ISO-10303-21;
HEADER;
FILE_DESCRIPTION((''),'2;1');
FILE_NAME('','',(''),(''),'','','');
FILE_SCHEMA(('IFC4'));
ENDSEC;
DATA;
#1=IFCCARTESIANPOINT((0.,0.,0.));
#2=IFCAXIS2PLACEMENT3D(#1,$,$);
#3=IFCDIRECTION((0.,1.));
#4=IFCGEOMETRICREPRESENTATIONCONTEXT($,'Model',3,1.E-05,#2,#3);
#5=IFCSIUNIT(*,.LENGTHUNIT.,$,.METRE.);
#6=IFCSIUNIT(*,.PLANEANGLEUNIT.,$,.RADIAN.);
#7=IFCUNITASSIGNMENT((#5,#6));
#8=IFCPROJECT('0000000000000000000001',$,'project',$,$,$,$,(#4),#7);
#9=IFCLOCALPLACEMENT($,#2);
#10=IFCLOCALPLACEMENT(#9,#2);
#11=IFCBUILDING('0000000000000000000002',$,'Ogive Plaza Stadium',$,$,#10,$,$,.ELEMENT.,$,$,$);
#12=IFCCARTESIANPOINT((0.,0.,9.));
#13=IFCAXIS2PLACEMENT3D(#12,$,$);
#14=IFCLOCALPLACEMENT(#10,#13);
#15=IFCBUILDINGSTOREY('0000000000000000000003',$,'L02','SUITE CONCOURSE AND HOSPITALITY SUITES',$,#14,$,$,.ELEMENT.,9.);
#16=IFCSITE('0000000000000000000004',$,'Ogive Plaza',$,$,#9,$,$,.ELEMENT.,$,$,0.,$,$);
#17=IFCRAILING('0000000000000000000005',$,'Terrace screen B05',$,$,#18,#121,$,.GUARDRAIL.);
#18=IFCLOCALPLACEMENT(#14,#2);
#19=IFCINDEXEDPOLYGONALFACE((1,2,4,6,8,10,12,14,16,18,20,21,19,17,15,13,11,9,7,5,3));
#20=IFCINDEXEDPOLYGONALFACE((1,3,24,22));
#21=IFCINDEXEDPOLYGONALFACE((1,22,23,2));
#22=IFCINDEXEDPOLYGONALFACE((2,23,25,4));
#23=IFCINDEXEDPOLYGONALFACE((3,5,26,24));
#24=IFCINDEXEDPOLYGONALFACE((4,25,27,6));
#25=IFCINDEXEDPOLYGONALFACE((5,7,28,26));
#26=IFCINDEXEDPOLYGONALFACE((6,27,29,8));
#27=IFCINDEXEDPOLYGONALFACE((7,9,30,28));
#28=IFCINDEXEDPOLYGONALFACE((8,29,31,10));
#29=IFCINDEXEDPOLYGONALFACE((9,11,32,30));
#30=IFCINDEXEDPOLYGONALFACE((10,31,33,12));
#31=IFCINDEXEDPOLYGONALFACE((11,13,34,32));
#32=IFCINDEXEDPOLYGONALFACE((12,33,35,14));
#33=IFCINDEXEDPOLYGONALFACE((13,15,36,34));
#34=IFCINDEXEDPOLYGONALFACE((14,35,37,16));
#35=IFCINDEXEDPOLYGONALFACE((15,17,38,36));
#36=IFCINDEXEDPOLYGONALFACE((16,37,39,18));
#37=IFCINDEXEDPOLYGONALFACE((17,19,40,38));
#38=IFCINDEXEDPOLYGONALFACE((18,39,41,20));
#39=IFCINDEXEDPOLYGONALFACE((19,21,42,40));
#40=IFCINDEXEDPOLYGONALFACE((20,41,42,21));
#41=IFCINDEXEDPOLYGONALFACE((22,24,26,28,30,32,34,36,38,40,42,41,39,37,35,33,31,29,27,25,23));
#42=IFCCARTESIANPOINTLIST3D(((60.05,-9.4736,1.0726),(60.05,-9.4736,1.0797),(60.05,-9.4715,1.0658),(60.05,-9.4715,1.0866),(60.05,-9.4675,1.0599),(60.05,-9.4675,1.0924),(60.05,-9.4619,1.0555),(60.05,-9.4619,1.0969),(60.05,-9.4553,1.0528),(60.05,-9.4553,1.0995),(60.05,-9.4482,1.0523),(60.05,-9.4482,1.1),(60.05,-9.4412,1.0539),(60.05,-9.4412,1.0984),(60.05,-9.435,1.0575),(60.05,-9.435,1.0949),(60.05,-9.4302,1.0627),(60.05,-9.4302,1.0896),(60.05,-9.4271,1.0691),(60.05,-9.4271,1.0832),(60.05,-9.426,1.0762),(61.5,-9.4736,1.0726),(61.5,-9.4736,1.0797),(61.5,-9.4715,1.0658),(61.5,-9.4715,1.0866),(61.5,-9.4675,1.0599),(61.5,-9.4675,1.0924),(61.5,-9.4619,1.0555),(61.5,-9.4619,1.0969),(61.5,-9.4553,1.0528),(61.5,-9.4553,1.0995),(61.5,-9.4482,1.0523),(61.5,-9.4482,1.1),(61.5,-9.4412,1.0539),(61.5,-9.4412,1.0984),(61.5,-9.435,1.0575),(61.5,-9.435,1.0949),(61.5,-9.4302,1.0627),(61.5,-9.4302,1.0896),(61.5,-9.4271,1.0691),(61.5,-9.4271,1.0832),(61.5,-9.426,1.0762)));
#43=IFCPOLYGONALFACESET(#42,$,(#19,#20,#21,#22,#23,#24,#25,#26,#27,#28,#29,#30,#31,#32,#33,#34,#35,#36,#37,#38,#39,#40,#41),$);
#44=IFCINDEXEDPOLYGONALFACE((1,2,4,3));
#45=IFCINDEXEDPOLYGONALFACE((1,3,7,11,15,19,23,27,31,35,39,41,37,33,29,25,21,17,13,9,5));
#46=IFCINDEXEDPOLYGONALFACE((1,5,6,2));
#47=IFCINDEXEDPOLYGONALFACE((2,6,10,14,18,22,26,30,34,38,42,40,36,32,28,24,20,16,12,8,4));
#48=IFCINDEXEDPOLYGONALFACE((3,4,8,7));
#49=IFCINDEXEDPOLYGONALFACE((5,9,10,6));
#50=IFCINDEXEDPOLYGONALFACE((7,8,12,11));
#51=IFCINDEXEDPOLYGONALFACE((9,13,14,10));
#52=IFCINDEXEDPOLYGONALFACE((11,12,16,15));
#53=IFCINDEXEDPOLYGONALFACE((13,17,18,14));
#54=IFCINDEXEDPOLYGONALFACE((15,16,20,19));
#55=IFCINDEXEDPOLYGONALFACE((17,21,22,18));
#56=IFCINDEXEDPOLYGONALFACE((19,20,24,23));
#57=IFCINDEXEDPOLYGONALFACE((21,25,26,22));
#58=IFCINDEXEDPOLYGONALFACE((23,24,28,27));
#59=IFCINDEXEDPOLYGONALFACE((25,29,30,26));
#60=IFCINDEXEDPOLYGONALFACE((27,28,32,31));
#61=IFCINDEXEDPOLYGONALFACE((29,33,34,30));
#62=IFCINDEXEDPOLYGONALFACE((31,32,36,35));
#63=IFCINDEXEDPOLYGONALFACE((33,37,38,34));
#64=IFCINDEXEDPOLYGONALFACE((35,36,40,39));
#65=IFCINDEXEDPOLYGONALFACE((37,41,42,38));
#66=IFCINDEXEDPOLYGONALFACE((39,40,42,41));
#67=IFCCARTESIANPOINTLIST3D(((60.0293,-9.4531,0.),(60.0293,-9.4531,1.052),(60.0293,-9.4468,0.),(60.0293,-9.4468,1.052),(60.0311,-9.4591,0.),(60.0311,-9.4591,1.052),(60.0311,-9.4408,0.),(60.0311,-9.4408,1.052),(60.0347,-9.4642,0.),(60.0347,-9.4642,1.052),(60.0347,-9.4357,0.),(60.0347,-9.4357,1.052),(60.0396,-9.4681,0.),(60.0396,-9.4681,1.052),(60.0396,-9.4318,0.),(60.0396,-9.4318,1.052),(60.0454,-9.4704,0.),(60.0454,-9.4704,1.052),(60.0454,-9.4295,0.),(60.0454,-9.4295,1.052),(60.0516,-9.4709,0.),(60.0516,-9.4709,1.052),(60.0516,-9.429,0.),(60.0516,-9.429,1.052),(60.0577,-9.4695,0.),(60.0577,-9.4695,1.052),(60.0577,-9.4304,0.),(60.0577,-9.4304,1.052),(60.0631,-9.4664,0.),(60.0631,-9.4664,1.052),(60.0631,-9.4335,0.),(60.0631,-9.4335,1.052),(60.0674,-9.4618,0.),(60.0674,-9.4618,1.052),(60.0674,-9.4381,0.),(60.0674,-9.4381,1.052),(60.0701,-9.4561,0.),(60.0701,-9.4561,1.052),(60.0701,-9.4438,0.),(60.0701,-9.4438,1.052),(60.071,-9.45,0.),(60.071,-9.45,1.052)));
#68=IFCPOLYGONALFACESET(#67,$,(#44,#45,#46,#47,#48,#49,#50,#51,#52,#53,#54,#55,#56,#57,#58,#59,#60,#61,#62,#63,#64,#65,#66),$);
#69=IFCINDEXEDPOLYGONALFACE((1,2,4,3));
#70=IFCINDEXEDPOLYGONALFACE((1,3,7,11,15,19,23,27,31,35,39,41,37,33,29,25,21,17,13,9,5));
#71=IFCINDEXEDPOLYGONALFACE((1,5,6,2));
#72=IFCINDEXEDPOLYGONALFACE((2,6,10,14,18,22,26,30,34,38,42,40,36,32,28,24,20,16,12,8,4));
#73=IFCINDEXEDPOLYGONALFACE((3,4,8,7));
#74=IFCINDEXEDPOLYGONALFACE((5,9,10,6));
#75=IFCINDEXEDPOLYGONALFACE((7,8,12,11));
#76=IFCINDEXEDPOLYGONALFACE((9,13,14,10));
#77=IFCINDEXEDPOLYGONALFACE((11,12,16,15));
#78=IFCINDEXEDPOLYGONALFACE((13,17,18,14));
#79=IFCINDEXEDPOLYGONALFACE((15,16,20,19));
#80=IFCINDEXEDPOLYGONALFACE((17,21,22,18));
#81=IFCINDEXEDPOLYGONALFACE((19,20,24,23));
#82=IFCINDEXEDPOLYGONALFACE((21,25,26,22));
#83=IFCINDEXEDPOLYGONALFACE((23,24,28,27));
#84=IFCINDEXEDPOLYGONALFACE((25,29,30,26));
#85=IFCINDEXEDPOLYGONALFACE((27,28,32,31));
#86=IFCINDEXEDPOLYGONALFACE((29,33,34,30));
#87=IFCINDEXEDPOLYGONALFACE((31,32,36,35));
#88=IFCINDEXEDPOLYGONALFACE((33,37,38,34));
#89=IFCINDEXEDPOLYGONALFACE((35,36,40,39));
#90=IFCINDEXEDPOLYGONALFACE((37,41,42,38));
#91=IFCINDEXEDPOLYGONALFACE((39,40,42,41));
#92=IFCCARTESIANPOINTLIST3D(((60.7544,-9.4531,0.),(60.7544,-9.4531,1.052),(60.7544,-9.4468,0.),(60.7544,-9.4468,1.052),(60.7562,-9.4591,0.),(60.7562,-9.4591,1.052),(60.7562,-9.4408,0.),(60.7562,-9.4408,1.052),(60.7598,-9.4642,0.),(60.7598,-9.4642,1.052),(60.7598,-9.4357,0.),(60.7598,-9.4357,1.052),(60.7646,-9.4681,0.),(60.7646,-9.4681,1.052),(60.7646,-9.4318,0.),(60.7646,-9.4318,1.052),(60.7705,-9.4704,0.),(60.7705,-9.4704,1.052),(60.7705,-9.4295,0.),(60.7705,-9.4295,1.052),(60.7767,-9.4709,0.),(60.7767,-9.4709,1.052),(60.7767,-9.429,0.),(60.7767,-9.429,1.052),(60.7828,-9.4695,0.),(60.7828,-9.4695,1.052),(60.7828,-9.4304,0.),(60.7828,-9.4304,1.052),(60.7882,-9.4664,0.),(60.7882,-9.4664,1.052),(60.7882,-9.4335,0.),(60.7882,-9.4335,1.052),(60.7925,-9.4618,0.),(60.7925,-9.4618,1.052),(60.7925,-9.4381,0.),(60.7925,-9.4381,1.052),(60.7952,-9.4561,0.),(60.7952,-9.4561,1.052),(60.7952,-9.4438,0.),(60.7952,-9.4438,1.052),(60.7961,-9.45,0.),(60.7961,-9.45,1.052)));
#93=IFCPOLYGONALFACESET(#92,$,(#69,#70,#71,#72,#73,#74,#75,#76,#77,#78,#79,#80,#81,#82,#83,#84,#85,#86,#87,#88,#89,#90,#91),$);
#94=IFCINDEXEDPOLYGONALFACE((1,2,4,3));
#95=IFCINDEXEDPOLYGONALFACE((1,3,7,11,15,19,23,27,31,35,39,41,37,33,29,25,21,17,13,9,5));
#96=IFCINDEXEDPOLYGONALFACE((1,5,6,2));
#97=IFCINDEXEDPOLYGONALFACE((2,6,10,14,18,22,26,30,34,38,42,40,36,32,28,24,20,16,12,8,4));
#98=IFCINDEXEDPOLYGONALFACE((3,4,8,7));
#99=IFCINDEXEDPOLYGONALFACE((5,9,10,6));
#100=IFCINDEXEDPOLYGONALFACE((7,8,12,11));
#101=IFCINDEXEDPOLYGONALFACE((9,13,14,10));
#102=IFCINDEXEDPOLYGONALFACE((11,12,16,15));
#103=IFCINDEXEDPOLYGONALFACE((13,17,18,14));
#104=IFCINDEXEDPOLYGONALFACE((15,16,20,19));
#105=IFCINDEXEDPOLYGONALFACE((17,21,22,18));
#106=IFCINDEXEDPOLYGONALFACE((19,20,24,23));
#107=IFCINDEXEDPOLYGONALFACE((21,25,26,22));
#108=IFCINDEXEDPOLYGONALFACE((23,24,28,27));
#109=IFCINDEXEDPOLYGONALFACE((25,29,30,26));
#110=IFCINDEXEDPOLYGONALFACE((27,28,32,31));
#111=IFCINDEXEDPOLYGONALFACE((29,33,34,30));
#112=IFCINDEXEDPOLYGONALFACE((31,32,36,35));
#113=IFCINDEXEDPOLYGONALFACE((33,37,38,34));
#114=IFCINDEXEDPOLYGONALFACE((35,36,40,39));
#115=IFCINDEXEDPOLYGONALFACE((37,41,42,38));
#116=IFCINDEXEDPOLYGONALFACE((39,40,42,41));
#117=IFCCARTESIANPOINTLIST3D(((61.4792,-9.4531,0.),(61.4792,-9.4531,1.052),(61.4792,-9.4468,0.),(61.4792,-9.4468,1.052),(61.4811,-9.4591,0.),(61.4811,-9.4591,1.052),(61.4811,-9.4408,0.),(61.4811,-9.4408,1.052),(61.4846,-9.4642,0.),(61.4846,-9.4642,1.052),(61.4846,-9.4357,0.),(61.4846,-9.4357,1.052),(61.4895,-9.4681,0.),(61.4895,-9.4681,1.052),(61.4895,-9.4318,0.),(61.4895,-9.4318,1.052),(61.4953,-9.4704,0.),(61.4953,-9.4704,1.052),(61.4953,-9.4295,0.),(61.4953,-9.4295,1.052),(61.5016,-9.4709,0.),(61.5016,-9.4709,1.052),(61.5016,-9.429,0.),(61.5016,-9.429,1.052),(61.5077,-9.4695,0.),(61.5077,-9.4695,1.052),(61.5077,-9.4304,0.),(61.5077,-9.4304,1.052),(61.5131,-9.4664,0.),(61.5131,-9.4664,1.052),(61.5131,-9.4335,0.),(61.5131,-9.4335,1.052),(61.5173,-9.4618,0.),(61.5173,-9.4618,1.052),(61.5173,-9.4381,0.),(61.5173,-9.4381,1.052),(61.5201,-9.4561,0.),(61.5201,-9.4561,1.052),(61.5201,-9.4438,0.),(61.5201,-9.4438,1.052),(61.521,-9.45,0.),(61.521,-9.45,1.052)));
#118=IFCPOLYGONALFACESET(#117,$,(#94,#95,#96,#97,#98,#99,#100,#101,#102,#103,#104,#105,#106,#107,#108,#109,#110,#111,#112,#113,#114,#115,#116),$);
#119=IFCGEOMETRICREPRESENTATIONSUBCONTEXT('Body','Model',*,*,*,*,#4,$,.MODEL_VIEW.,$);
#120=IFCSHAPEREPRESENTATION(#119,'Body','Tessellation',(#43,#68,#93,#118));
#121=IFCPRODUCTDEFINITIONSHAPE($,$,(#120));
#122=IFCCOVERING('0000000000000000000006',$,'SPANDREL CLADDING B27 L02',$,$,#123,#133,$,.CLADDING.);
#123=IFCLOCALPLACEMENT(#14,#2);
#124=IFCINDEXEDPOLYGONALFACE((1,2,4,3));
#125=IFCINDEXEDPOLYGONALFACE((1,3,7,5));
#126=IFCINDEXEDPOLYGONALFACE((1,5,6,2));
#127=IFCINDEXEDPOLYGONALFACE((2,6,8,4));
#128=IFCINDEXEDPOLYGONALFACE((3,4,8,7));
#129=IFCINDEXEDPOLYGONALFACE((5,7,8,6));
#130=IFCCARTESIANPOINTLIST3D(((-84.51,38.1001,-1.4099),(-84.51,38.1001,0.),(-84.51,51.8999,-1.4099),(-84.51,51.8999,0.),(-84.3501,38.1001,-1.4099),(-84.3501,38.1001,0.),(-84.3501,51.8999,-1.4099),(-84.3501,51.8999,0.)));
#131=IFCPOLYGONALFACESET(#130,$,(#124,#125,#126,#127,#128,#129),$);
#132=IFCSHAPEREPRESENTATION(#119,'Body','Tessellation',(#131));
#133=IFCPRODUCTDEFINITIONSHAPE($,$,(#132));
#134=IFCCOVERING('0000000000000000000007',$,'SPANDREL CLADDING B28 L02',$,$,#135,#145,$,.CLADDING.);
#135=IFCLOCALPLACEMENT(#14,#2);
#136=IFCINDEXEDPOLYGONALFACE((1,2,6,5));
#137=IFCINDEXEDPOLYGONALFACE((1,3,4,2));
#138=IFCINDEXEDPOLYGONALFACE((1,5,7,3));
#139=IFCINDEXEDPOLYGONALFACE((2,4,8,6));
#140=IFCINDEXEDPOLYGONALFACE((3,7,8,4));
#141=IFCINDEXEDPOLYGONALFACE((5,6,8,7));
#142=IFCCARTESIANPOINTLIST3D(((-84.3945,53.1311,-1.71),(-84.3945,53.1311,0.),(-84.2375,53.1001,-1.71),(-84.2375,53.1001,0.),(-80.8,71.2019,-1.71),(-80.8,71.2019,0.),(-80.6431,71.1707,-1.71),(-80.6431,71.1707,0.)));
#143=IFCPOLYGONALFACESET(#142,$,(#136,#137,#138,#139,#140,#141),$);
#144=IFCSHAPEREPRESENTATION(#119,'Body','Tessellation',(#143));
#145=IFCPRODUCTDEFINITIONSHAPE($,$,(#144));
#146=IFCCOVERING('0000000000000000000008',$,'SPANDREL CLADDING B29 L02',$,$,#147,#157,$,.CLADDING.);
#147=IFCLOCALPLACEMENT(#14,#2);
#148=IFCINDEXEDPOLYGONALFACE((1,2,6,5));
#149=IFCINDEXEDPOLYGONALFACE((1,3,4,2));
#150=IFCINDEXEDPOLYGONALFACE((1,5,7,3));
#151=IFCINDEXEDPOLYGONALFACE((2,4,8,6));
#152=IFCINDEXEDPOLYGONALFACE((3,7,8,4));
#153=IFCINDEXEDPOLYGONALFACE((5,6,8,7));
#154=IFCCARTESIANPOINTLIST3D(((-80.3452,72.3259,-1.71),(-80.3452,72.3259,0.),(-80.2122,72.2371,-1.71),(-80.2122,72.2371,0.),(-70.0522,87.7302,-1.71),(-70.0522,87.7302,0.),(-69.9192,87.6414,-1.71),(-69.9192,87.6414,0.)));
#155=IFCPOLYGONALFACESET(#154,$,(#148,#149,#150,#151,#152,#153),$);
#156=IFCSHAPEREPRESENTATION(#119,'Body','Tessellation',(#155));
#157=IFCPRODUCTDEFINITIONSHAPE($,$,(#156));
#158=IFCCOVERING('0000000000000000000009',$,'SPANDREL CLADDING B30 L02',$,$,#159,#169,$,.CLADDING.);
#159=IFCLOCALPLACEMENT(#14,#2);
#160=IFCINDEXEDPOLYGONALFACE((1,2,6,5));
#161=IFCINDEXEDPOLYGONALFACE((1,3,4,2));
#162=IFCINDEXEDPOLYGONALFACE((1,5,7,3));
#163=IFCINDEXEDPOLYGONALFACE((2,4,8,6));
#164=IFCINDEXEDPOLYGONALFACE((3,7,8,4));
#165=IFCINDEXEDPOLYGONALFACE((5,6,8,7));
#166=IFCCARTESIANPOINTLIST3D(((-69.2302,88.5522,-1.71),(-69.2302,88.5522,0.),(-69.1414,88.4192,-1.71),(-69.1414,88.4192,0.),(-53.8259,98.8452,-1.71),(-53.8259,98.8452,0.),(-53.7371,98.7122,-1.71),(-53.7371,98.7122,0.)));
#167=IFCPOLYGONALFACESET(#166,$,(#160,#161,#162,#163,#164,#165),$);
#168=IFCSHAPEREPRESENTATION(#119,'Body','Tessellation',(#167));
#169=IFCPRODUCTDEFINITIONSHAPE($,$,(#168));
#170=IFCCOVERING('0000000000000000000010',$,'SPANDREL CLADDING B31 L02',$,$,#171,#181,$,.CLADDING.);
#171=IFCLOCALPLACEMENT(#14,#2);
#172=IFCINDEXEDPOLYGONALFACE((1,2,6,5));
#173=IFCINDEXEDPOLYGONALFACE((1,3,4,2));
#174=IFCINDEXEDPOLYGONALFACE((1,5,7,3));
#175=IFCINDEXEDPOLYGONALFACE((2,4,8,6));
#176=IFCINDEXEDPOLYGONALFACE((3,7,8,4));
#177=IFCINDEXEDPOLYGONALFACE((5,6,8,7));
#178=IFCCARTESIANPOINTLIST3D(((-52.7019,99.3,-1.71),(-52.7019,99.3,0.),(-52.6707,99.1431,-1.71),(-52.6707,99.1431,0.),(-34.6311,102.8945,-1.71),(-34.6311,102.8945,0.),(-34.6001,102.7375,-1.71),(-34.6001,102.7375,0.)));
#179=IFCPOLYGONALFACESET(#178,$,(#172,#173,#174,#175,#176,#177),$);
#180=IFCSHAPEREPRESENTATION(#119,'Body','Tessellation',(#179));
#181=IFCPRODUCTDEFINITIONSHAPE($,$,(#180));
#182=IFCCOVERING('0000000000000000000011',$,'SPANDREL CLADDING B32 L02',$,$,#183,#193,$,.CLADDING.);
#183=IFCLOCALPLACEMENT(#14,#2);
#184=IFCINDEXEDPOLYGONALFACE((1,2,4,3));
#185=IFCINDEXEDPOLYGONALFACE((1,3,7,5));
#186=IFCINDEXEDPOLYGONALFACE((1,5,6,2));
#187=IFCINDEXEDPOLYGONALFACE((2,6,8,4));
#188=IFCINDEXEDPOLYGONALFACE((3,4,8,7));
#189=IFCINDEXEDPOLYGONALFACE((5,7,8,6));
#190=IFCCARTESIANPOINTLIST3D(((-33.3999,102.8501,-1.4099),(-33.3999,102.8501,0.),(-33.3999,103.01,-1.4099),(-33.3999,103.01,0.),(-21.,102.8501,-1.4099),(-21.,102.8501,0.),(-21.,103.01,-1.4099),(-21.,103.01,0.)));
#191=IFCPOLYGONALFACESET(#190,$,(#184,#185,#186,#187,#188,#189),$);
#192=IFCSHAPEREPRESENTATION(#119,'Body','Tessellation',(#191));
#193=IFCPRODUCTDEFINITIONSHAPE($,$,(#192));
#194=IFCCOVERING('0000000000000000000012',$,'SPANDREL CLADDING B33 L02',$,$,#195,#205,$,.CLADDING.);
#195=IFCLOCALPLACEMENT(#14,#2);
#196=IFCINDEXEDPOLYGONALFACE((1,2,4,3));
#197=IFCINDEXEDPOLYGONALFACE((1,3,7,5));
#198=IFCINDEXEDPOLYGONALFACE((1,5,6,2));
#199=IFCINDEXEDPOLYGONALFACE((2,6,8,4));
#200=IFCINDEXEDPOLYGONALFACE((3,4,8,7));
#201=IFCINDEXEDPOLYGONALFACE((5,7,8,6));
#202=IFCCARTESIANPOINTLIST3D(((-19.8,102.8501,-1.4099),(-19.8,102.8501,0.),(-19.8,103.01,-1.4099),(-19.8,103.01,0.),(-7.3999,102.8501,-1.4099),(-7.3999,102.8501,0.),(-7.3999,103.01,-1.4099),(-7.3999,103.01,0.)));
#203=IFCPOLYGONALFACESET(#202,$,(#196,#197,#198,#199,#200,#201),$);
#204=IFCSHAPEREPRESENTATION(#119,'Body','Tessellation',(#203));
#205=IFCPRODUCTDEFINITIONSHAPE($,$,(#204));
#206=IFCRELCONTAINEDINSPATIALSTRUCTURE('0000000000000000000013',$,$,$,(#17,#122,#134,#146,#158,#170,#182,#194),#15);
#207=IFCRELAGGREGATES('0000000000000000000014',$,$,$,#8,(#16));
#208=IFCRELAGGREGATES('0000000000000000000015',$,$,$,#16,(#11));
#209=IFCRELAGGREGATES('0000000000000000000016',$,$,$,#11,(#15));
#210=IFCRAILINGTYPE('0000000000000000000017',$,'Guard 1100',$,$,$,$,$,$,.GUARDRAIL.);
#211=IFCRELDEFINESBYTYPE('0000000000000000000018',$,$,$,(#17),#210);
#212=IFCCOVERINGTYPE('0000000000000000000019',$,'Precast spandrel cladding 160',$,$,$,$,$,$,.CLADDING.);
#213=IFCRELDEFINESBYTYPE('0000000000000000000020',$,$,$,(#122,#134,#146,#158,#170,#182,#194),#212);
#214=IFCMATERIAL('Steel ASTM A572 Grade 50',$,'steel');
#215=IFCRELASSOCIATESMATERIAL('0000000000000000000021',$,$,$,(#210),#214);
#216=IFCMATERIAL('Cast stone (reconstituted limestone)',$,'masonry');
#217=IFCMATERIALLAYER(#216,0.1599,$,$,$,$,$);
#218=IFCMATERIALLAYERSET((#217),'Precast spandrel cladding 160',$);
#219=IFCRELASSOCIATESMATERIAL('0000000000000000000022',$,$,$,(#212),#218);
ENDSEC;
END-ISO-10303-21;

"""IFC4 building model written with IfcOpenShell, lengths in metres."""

from ifc_helpers import new_model, si_unit, direction, frame, origin, origin_2d, place, context, subcontext, project, spatial, polyline, circle, outline, extrude, material, layer, layer_set, type_object, element, save


model = new_model("IFC4")

# Units and contexts
model_context = context("Model", 3, precision=1e-05, world=origin(), true_north=direction((0.0, 1.0)))
body_context = subcontext(model_context, "Body", "Model", "MODEL_VIEW")
ifc_project = project(units=[si_unit("LENGTHUNIT", "METRE"), si_unit("PLANEANGLEUNIT", "RADIAN")], contexts=[model_context])

# Site, building, storey
site_placement = place(None, origin())
site = spatial("IfcSite", under=ifc_project, at=site_placement, Name="Ogive Plaza", CompositionType="ELEMENT", RefElevation=0.0)
building_placement = place(site_placement, origin())
building = spatial("IfcBuilding", under=site, at=building_placement, Name="Ogive Plaza Stadium", CompositionType="ELEMENT")
storey_placement = place(building_placement, frame((0.0, 0.0, 9.0)))
storey = spatial("IfcBuildingStorey", under=building, at=storey_placement, Name="L02", Description="SUITE CONCOURSE AND HOSPITALITY SUITES", CompositionType="ELEMENT", Elevation=9.0)

# Railing
ifc_material_1 = material(Name="Steel ASTM A572 Grade 50", Category="steel")
railing_type = type_object("IfcRailingType", Name="Guard 1100", PredefinedType="GUARDRAIL", material=ifc_material_1)
for number, where, name in (
    (1, (60.05, -9.45, 0.0), "Terrace screen B05"),
):
    element("IfcRailing", number, at=place(storey_placement, frame(where)), inside=storey, type_object=railing_type, Name=name, PredefinedType="GUARDRAIL", context=body_context, shape_type="SweptSolid", body=[
        extrude(circle(Radius=0.0239, at=origin_2d()), frame((0.0, 0.0, 1.0762), z_axis=(1.0, 0.0, 0.0), x_axis=(0.0, 1.0, 0.0)), (0.0, 0.0, 1.0), 1.45),
        extrude(circle(Radius=0.021, at=origin_2d()), origin(), (0.0, 0.0, 1.0), 1.052),
        extrude(circle(Radius=0.021, at=origin_2d()), frame((0.7251, 0.0, 0.0)), (0.0, 0.0, 1.0), 1.052),
        extrude(circle(Radius=0.021, at=origin_2d()), frame((1.45, 0.0, 0.0)), (0.0, 0.0, 1.0), 1.052),
    ])

# Coverings
ifc_material_2 = material(Name="Cast stone (reconstituted limestone)", Category="masonry")
ifc_layer_1 = layer(ifc_material_2, 0.1599)
ifc_layer_set_1 = layer_set([ifc_layer_1], Name="Precast spandrel cladding 160")
covering_type = type_object("IfcCoveringType", Name="Precast spandrel cladding 160", PredefinedType="CLADDING", material=ifc_layer_set_1)
covering_1_placement = place(storey_placement, frame((0.0, 0.0, -1.4099)))
element("IfcCovering", 2, at=covering_1_placement, inside=storey, type_object=covering_type, Name="SPANDREL CLADDING B27 L02", PredefinedType="CLADDING", context=body_context, shape_type="SweptSolid", body=[
    extrude(outline(polyline([(-84.3501, 38.1001), (-84.3501, 51.8999), (-84.51, 51.8999), (-84.51, 38.1001), (-84.3501, 38.1001)])), origin(), (0.0, 0.0, 1.0), 1.4099),
])
covering_2_placement = place(storey_placement, frame((0.0, 0.0, -1.71)))
element("IfcCovering", 3, at=covering_2_placement, inside=storey, type_object=covering_type, Name="SPANDREL CLADDING B28 L02", PredefinedType="CLADDING", context=body_context, shape_type="SweptSolid", body=[
    extrude(outline(polyline([(-84.2375, 53.1001), (-80.6431, 71.1707), (-80.8, 71.2019), (-84.3945, 53.1311), (-84.2375, 53.1001)])), origin(), (0.0, 0.0, 1.0), 1.71),
])
covering_3_placement = place(storey_placement, frame((0.0, 0.0, -1.71)))
element("IfcCovering", 4, at=covering_3_placement, inside=storey, type_object=covering_type, Name="SPANDREL CLADDING B29 L02", PredefinedType="CLADDING", context=body_context, shape_type="SweptSolid", body=[
    extrude(outline(polyline([(-80.2122, 72.2371), (-69.9192, 87.6414), (-70.0522, 87.7302), (-80.3452, 72.3259), (-80.2122, 72.2371)])), origin(), (0.0, 0.0, 1.0), 1.71),
])
covering_4_placement = place(storey_placement, frame((0.0, 0.0, -1.71)))
element("IfcCovering", 5, at=covering_4_placement, inside=storey, type_object=covering_type, Name="SPANDREL CLADDING B30 L02", PredefinedType="CLADDING", context=body_context, shape_type="SweptSolid", body=[
    extrude(outline(polyline([(-69.1414, 88.4192), (-53.7371, 98.7122), (-53.8259, 98.8452), (-69.2302, 88.5522), (-69.1414, 88.4192)])), origin(), (0.0, 0.0, 1.0), 1.71),
])
covering_5_placement = place(storey_placement, frame((0.0, 0.0, -1.71)))
element("IfcCovering", 6, at=covering_5_placement, inside=storey, type_object=covering_type, Name="SPANDREL CLADDING B31 L02", PredefinedType="CLADDING", context=body_context, shape_type="SweptSolid", body=[
    extrude(outline(polyline([(-52.6707, 99.1431), (-34.6001, 102.7375), (-34.6311, 102.8945), (-52.7019, 99.3), (-52.6707, 99.1431)])), origin(), (0.0, 0.0, 1.0), 1.71),
])
covering_6_placement = place(storey_placement, frame((0.0, 0.0, -1.4099)))
element("IfcCovering", 7, at=covering_6_placement, inside=storey, type_object=covering_type, Name="SPANDREL CLADDING B32 L02", PredefinedType="CLADDING", context=body_context, shape_type="SweptSolid", body=[
    extrude(outline(polyline([(-33.3999, 102.8501), (-21.0, 102.8501), (-21.0, 103.01), (-33.3999, 103.01), (-33.3999, 102.8501)])), origin(), (0.0, 0.0, 1.0), 1.4099),
])
covering_7_placement = place(storey_placement, frame((0.0, 0.0, -1.4099)))
element("IfcCovering", 8, at=covering_7_placement, inside=storey, type_object=covering_type, Name="SPANDREL CLADDING B33 L02", PredefinedType="CLADDING", context=body_context, shape_type="SweptSolid", body=[
    extrude(outline(polyline([(-19.8, 102.8501), (-7.3999, 102.8501), (-7.3999, 103.01), (-19.8, 103.01), (-19.8, 102.8501)])), origin(), (0.0, 0.0, 1.0), 1.4099),
])

save(model, "model.ifc")
